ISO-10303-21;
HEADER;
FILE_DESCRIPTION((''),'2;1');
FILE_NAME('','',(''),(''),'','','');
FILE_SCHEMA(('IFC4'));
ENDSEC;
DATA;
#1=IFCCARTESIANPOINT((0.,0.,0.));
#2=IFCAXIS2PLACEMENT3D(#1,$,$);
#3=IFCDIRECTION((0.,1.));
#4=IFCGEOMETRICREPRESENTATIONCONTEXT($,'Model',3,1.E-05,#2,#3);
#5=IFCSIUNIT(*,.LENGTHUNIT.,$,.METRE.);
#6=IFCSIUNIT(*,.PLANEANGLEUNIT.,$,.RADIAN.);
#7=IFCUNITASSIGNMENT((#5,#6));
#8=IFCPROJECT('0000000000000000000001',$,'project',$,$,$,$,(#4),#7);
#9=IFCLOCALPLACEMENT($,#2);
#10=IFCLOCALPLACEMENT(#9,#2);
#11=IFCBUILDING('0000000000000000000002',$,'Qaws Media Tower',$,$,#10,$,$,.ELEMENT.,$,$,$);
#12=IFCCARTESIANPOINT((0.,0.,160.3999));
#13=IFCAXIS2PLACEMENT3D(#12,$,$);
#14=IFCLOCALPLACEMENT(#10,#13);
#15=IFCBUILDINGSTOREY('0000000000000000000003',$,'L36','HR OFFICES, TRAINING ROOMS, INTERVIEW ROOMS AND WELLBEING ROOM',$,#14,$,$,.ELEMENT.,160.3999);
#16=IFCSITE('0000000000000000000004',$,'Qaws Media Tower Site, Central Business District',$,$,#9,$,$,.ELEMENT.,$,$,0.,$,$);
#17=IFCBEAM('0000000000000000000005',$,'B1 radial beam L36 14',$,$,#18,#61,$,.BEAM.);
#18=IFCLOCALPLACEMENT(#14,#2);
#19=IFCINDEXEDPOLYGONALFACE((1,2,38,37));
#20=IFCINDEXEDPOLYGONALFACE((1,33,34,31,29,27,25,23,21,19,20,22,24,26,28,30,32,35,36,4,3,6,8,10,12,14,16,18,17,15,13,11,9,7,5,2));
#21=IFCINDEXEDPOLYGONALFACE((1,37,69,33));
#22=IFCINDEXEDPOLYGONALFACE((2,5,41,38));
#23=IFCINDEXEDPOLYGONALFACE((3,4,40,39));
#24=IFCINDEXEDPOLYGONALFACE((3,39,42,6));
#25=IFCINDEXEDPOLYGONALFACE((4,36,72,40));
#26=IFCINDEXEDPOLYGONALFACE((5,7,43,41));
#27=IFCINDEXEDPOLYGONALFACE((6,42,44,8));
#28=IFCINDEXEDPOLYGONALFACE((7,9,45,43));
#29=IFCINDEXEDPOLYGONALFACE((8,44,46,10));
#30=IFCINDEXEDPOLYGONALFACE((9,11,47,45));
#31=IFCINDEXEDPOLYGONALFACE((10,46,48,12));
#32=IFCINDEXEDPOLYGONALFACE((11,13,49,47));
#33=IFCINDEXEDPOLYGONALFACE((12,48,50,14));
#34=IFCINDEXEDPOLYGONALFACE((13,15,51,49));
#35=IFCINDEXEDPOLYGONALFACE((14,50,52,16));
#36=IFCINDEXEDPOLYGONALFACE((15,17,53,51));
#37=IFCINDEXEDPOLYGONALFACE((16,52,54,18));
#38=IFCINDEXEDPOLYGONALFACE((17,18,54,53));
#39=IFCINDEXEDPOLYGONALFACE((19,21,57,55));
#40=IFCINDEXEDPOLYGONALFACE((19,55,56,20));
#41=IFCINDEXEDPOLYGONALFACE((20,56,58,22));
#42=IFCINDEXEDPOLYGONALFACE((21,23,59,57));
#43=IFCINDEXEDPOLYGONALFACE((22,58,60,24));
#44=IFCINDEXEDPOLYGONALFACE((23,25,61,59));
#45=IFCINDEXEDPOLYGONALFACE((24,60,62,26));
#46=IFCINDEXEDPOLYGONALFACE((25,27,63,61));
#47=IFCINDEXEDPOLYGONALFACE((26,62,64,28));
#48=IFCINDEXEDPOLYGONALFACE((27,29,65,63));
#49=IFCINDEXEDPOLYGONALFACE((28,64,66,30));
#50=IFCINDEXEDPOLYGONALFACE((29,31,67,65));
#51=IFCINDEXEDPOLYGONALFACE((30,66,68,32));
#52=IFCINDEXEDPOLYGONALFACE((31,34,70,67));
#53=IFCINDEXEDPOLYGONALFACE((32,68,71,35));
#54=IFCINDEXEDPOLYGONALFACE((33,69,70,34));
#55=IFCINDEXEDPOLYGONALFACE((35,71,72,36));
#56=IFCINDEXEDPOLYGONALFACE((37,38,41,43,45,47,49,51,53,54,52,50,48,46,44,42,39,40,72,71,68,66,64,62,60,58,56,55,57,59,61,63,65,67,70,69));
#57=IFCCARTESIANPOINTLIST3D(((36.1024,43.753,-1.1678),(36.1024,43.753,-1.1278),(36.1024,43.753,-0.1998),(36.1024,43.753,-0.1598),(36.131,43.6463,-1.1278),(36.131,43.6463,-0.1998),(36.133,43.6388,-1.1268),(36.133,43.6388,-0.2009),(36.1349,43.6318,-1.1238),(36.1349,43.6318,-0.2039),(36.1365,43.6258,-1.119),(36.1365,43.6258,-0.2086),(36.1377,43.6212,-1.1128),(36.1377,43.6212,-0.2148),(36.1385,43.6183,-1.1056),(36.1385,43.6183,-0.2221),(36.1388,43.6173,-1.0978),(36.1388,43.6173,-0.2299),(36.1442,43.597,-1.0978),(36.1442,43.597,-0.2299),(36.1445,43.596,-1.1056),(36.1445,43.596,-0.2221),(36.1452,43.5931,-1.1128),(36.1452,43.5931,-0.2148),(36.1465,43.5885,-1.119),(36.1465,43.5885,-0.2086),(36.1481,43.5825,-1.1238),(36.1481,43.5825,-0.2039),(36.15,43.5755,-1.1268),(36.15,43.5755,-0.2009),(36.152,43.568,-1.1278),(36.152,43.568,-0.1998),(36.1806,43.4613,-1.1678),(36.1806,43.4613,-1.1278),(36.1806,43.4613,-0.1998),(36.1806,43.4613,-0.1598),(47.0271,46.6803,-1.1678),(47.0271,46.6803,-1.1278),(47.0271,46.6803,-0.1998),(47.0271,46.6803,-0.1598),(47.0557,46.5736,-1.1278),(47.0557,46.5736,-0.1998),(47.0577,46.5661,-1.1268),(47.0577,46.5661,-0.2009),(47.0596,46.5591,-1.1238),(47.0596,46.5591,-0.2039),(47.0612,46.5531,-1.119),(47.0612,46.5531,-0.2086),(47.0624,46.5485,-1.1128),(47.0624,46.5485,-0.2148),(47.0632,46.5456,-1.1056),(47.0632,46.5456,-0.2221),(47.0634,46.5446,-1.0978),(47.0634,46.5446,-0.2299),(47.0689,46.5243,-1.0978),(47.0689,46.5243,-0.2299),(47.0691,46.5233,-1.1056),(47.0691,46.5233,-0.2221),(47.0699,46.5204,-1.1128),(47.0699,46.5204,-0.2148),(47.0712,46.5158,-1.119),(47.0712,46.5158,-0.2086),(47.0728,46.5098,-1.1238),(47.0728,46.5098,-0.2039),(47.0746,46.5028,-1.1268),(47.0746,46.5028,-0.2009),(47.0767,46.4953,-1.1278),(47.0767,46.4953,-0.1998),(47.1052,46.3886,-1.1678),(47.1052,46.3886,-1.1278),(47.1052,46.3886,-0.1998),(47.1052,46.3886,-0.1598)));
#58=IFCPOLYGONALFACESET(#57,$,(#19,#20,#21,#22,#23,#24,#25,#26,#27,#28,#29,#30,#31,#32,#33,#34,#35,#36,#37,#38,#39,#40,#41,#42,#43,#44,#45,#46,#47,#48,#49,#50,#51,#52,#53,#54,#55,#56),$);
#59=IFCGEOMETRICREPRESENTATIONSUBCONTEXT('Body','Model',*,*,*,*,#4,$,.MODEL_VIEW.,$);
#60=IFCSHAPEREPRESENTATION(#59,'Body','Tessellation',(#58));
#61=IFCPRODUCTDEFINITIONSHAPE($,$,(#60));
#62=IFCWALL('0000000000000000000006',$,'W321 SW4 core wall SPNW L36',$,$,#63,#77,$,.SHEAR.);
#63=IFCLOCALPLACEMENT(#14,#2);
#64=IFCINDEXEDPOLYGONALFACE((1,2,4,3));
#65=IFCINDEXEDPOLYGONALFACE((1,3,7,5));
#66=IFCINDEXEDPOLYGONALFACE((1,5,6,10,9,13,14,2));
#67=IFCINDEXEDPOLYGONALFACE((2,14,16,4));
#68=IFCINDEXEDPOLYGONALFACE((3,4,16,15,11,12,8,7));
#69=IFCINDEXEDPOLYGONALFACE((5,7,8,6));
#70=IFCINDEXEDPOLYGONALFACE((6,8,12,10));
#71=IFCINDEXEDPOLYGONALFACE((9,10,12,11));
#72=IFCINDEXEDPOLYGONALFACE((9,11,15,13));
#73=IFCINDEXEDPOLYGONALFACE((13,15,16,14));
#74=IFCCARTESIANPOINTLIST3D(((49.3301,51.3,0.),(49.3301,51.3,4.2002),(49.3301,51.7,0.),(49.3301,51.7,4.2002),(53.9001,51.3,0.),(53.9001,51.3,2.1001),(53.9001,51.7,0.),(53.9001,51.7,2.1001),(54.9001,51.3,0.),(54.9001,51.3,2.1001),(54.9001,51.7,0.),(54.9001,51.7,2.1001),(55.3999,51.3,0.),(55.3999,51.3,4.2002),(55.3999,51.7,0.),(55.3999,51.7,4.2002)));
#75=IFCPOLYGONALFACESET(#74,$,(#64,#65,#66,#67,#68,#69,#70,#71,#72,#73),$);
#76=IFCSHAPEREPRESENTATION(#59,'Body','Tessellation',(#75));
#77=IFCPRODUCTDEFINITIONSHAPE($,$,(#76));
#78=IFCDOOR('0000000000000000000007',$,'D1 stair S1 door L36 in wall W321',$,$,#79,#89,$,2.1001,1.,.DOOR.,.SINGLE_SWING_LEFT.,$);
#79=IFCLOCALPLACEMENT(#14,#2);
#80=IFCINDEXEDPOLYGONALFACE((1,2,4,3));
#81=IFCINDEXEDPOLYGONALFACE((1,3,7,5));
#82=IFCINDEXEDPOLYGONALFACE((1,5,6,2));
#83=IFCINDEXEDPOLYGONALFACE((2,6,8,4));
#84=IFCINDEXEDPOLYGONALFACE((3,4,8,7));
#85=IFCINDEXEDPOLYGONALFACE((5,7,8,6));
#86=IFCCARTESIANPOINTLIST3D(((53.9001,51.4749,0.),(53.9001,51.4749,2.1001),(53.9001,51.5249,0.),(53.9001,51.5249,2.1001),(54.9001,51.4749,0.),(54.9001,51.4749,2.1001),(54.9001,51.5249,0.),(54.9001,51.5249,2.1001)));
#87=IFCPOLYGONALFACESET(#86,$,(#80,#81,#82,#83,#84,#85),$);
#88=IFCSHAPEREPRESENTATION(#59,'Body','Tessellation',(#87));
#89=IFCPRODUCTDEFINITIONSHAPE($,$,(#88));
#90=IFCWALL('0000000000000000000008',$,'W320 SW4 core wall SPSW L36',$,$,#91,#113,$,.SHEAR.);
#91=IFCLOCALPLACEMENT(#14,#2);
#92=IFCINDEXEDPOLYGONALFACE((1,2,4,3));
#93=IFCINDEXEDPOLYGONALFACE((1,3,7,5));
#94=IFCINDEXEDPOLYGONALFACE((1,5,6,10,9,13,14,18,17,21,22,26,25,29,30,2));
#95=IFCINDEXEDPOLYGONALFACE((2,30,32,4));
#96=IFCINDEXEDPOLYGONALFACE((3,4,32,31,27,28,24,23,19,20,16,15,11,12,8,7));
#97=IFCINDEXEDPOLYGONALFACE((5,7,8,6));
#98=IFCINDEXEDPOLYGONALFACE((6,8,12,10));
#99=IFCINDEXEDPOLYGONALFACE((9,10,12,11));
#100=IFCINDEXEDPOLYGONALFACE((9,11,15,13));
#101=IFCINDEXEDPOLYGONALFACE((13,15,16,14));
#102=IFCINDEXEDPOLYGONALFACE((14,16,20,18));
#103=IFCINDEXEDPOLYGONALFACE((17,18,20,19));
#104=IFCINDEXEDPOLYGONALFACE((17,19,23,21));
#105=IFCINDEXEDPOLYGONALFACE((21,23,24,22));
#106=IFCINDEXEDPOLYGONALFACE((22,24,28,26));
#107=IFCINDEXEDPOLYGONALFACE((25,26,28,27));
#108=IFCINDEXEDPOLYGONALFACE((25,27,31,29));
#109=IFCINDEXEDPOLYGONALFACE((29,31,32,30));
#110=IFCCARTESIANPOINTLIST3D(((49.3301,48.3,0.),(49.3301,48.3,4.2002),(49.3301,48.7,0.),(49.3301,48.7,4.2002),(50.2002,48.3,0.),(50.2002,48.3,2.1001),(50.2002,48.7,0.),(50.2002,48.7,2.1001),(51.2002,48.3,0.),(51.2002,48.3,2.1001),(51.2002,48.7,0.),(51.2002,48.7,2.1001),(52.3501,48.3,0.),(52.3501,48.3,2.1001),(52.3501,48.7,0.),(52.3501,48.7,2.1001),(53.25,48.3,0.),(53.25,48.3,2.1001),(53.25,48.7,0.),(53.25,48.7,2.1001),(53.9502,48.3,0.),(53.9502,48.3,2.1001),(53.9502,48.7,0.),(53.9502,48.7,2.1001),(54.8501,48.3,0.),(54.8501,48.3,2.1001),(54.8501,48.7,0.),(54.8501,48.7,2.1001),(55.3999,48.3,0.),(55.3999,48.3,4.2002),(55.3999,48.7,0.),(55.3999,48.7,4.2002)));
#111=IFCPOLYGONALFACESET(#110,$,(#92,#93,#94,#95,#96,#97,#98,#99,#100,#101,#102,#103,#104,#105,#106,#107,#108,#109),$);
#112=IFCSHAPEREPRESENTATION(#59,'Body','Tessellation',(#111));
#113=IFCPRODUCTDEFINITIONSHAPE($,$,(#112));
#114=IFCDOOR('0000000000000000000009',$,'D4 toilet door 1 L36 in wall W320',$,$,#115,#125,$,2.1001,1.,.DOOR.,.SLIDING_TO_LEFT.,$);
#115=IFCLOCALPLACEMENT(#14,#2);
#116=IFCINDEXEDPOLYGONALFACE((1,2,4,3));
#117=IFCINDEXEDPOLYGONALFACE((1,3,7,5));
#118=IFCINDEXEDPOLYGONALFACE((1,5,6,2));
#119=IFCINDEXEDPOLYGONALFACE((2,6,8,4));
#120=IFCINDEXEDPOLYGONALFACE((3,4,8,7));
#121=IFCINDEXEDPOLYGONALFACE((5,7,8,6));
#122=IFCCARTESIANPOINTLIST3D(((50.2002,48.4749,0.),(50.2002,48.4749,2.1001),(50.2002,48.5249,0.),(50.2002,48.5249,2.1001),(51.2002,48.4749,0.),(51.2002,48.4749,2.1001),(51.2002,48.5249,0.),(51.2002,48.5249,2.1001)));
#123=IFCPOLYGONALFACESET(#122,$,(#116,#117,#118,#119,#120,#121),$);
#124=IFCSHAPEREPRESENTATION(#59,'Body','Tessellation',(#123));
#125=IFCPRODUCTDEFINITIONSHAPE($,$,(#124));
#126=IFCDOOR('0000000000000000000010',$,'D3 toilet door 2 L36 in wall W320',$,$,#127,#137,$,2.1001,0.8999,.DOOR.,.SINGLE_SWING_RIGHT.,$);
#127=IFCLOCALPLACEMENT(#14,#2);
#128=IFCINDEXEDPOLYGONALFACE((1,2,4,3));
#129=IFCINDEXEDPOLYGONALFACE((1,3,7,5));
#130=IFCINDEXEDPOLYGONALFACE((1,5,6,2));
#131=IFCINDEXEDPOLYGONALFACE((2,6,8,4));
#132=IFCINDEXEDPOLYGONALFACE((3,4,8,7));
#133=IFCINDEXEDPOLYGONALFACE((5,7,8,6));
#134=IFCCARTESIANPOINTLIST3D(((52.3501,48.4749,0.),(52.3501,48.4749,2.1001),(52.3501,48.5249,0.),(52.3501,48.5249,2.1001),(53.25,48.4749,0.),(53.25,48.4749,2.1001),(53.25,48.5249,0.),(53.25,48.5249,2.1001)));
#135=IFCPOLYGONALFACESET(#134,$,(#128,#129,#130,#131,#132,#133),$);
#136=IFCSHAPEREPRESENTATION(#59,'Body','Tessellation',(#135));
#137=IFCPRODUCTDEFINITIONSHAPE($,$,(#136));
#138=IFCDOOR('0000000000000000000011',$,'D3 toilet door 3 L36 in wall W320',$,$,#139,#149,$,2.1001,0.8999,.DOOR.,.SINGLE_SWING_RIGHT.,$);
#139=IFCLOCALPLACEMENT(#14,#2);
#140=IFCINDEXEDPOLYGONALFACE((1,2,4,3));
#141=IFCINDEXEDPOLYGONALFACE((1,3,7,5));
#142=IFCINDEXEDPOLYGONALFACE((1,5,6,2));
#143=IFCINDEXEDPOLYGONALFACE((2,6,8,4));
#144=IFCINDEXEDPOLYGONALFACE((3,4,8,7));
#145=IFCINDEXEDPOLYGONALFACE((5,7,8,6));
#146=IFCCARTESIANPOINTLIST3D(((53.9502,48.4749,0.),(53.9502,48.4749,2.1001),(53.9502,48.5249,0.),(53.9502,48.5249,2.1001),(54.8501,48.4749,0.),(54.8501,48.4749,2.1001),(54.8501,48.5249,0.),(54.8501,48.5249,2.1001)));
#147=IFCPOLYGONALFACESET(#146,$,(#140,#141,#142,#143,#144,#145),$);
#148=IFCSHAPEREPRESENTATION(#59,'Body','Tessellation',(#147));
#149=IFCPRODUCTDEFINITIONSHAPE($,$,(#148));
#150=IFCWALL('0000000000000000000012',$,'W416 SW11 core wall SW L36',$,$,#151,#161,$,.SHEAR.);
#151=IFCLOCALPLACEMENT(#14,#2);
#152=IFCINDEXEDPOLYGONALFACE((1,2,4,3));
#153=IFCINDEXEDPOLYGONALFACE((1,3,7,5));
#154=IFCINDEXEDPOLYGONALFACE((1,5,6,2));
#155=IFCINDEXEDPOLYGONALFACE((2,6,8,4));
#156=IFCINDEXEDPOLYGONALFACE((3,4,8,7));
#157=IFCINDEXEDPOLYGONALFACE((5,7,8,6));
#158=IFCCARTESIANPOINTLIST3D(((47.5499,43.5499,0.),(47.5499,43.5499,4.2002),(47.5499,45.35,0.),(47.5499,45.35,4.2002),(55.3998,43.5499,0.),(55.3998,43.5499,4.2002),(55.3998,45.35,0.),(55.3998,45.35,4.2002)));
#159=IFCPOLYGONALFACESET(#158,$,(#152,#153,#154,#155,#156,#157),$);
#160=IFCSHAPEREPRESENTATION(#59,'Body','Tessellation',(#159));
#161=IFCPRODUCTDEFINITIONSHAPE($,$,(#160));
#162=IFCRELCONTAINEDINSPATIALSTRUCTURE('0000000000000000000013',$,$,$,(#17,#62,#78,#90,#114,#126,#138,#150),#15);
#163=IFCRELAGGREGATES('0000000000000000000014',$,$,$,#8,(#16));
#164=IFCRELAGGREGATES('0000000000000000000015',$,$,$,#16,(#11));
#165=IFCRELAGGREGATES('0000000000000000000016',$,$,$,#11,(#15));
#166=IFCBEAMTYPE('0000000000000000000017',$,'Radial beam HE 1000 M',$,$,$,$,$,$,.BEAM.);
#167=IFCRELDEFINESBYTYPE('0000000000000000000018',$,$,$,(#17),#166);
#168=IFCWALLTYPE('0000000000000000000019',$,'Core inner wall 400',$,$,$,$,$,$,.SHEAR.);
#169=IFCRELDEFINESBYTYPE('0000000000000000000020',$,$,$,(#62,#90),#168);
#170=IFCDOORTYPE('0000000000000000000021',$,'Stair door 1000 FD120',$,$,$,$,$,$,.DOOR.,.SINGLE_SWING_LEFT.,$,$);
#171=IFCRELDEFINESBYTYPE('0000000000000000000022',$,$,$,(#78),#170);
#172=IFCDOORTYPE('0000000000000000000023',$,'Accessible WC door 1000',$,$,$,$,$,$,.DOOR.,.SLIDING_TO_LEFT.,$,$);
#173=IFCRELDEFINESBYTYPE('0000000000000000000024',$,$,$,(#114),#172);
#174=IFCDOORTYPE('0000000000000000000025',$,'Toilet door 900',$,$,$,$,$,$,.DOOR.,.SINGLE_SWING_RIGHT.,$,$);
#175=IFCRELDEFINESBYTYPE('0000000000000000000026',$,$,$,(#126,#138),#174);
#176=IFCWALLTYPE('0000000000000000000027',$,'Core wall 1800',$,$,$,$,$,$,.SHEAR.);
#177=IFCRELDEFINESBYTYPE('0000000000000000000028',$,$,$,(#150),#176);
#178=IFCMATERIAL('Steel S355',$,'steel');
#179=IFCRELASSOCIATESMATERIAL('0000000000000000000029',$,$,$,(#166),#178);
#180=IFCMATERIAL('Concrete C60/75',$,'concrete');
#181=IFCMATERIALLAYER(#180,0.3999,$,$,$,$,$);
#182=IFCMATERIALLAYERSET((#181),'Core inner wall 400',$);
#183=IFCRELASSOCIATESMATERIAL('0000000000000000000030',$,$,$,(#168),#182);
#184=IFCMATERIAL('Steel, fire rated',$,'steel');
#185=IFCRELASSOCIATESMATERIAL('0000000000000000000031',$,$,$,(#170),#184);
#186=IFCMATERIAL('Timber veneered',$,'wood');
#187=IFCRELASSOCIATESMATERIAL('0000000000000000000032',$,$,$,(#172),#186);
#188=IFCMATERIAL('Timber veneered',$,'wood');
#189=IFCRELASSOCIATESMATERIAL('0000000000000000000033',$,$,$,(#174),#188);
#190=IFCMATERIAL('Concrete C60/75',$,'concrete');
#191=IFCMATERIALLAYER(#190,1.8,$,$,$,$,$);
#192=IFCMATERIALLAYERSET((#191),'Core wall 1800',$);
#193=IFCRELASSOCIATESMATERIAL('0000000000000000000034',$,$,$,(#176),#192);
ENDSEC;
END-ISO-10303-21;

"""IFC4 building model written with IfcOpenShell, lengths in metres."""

from ifc_helpers import new_model, si_unit, direction, frame, frame_2d, origin, origin_2d, place, context, subcontext, project, spatial, rectangle, i_section, extrude, material, layer, layer_set, material_profile, profile_set, type_object, element, fill, save


model = new_model("IFC4")

# Units and contexts
model_context = context("Model", 3, precision=1e-05, world=origin(), true_north=direction((0.0, 1.0)))
body_context = subcontext(model_context, "Body", "Model", "MODEL_VIEW")
ifc_project = project(units=[si_unit("LENGTHUNIT", "METRE"), si_unit("PLANEANGLEUNIT", "RADIAN")], contexts=[model_context])

# Site, building, storey
site_placement = place(None, origin())
site = spatial("IfcSite", under=ifc_project, at=site_placement, Name="Qaws Media Tower Site, Central Business District", CompositionType="ELEMENT", RefElevation=0.0)
building_placement = place(site_placement, origin())
building = spatial("IfcBuilding", under=site, at=building_placement, Name="Qaws Media Tower", CompositionType="ELEMENT")
storey_placement = place(building_placement, frame((0.0, 0.0, 160.3999)))
storey = spatial("IfcBuildingStorey", under=building, at=storey_placement, Name="L36", Description="HR OFFICES, TRAINING ROOMS, INTERVIEW ROOMS AND WELLBEING ROOM", CompositionType="ELEMENT", Elevation=160.3999)

# Beam
ifc_material_1 = material(Name="Steel S355", Category="steel")
ifc_material_profile_1 = material_profile(ifc_material_1, i_section(OverallWidth=0.302, OverallDepth=1.0081, WebThickness=0.021, FlangeThickness=0.04, FilletRadius=0.03, at=origin_2d()), Name="HE 1000 M")
ifc_profile_set_1 = profile_set([ifc_material_profile_1], Name="Steel S355")
beam_type_1 = type_object("IfcBeamType", Name="Radial beam HE 1000 M", PredefinedType="BEAM", material=ifc_profile_set_1)
beam_1_placement = place(storey_placement, frame((47.0662, 46.5344, -0.6638), z_axis=(-0.965925, -0.258821, 0.0), x_axis=(0.258821, -0.965925, 0.0)))
element("IfcBeam", 1, at=beam_1_placement, inside=storey, type_object=beam_type_1, Name="B1 radial beam L36 14", PredefinedType="BEAM", context=body_context, shape_type="SweptSolid", body=[
    extrude(i_section(OverallWidth=0.302, OverallDepth=1.0081, WebThickness=0.021, FlangeThickness=0.04, FilletRadius=0.03, at=origin_2d()), origin(), (0.0, 0.0, 1.0), 11.3101),
])

# Wall, opening, door
ifc_material_2 = material(Name="Concrete C60/75", Category="concrete")
ifc_layer_1 = layer(ifc_material_2, 0.3999)
ifc_layer_set_1 = layer_set([ifc_layer_1], Name="Core inner wall 400")
wall_type_1 = type_object("IfcWallType", Name="Core inner wall 400", PredefinedType="SHEAR", material=ifc_layer_set_1)
wall_1_placement = place(storey_placement, frame((49.3301, 51.5, 0.0), z_axis=(0.0, 0.0, 1.0), x_axis=(1.0, 0.0, 0.0)))
wall_1 = element("IfcWall", 2, at=wall_1_placement, inside=storey, type_object=wall_type_1, Name="W321 SW4 core wall SPNW L36", PredefinedType="SHEAR", context=body_context, shape_type="SweptSolid", body=[
    extrude(rectangle(XDim=6.0698, YDim=0.3999, at=frame_2d((3.0349, 0.0))), origin(), (0.0, 0.0, 1.0), 4.2002),
])
opening_1_placement = place(wall_1_placement, frame((4.5701, 0.0, 0.0)))
opening_1 = element("IfcOpeningElement", 3, at=opening_1_placement, cuts=wall_1, PredefinedType="OPENING", context=body_context, shape_type="SweptSolid", body=[
    extrude(rectangle(XDim=1.0, YDim=2.1001, at=frame_2d((0.5, 1.05))), frame((0.0, 0.21, 0.0), z_axis=(0.0, -1.0, 0.0), x_axis=(1.0, 0.0, 0.0)), (0.0, 0.0, 1.0), 0.4199),
])
ifc_material_3 = material(Name="Steel, fire rated", Category="steel")
door_type_1 = type_object("IfcDoorType", Name="Stair door 1000 FD120", OperationType="SINGLE_SWING_LEFT", PredefinedType="DOOR", material=ifc_material_3)
door_1_placement = place(opening_1_placement, origin())
door_1 = element("IfcDoor", 4, at=door_1_placement, inside=storey, type_object=door_type_1, Name="D1 stair S1 door L36 in wall W321", OperationType="SINGLE_SWING_LEFT", OverallHeight=2.1001, OverallWidth=1.0, PredefinedType="DOOR", context=body_context, shape_type="SweptSolid", body=[
    extrude(rectangle(XDim=1.0, YDim=2.1001, at=frame_2d((0.5, 1.05))), frame((0.0, 0.0249, 0.0), z_axis=(0.0, -1.0, 0.0), x_axis=(1.0, 0.0, 0.0)), (0.0, 0.0, 1.0), 0.05),
])
fill(opening_1, door_1)

# Wall, openings, doors
wall_2_placement = place(storey_placement, frame((49.3301, 48.5, 0.0), z_axis=(0.0, 0.0, 1.0), x_axis=(1.0, 0.0, 0.0)))
wall_2 = element("IfcWall", 5, at=wall_2_placement, inside=storey, type_object=wall_type_1, Name="W320 SW4 core wall SPSW L36", PredefinedType="SHEAR", context=body_context, shape_type="SweptSolid", body=[
    extrude(rectangle(XDim=6.0698, YDim=0.3999, at=frame_2d((3.0349, 0.0))), origin(), (0.0, 0.0, 1.0), 4.2002),
])
opening_2_placement = place(wall_2_placement, frame((0.8701, 0.0, 0.0)))
opening_2 = element("IfcOpeningElement", 6, at=opening_2_placement, cuts=wall_2, PredefinedType="OPENING", context=body_context, shape_type="SweptSolid", body=[
    extrude(rectangle(XDim=1.0, YDim=2.1001, at=frame_2d((0.5, 1.05))), frame((0.0, 0.21, 0.0), z_axis=(0.0, -1.0, 0.0), x_axis=(1.0, 0.0, 0.0)), (0.0, 0.0, 1.0), 0.4199),
])
opening_3_placement = place(wall_2_placement, frame((3.02, 0.0, 0.0)))
opening_3 = element("IfcOpeningElement", 7, at=opening_3_placement, cuts=wall_2, PredefinedType="OPENING", context=body_context, shape_type="SweptSolid", body=[
    extrude(rectangle(XDim=0.8999, YDim=2.1001, at=frame_2d((0.45, 1.05))), frame((0.0, 0.21, 0.0), z_axis=(0.0, -1.0, 0.0), x_axis=(1.0, 0.0, 0.0)), (0.0, 0.0, 1.0), 0.4199),
])
opening_4_placement = place(wall_2_placement, frame((4.6201, 0.0, 0.0)))
opening_4 = element("IfcOpeningElement", 8, at=opening_4_placement, cuts=wall_2, PredefinedType="OPENING", context=body_context, shape_type="SweptSolid", body=[
    extrude(rectangle(XDim=0.8999, YDim=2.1001, at=frame_2d((0.45, 1.05))), frame((0.0, 0.21, 0.0), z_axis=(0.0, -1.0, 0.0), x_axis=(1.0, 0.0, 0.0)), (0.0, 0.0, 1.0), 0.4199),
])
ifc_material_4 = material(Name="Timber veneered", Category="wood")
door_type_2 = type_object("IfcDoorType", Name="Accessible WC door 1000", OperationType="SLIDING_TO_LEFT", PredefinedType="DOOR", material=ifc_material_4)
door_2_placement = place(opening_2_placement, origin())
door_2 = element("IfcDoor", 9, at=door_2_placement, inside=storey, type_object=door_type_2, Name="D4 toilet door 1 L36 in wall W320", OperationType="SLIDING_TO_LEFT", OverallHeight=2.1001, OverallWidth=1.0, PredefinedType="DOOR", context=body_context, shape_type="SweptSolid", body=[
    extrude(rectangle(XDim=1.0, YDim=2.1001, at=frame_2d((0.5, 1.05))), frame((0.0, 0.0249, 0.0), z_axis=(0.0, -1.0, 0.0), x_axis=(1.0, 0.0, 0.0)), (0.0, 0.0, 1.0), 0.05),
])
fill(opening_2, door_2)
ifc_material_5 = material(Name="Timber veneered", Category="wood")
door_type_3 = type_object("IfcDoorType", Name="Toilet door 900", OperationType="SINGLE_SWING_RIGHT", PredefinedType="DOOR", material=ifc_material_5)
door_3_placement = place(opening_3_placement, origin())
door_3 = element("IfcDoor", 10, at=door_3_placement, inside=storey, type_object=door_type_3, Name="D3 toilet door 2 L36 in wall W320", OperationType="SINGLE_SWING_RIGHT", OverallHeight=2.1001, OverallWidth=0.8999, PredefinedType="DOOR", context=body_context, shape_type="SweptSolid", body=[
    extrude(rectangle(XDim=0.8999, YDim=2.1001, at=frame_2d((0.45, 1.05))), frame((0.0, 0.0249, 0.0), z_axis=(0.0, -1.0, 0.0), x_axis=(1.0, 0.0, 0.0)), (0.0, 0.0, 1.0), 0.05),
])
fill(opening_3, door_3)
door_4_placement = place(opening_4_placement, origin())
door_4 = element("IfcDoor", 11, at=door_4_placement, inside=storey, type_object=door_type_3, Name="D3 toilet door 3 L36 in wall W320", OperationType="SINGLE_SWING_RIGHT", OverallHeight=2.1001, OverallWidth=0.8999, PredefinedType="DOOR", context=body_context, shape_type="SweptSolid", body=[
    extrude(rectangle(XDim=0.8999, YDim=2.1001, at=frame_2d((0.45, 1.05))), frame((0.0, 0.0249, 0.0), z_axis=(0.0, -1.0, 0.0), x_axis=(1.0, 0.0, 0.0)), (0.0, 0.0, 1.0), 0.05),
])
fill(opening_4, door_4)

# Wall
ifc_material_6 = material(Name="Concrete C60/75", Category="concrete")
ifc_layer_2 = layer(ifc_material_6, 1.8)
ifc_layer_set_2 = layer_set([ifc_layer_2], Name="Core wall 1800")
wall_type_2 = type_object("IfcWallType", Name="Core wall 1800", PredefinedType="SHEAR", material=ifc_layer_set_2)
wall_3_placement = place(storey_placement, frame((47.55, 44.45, 0.0), z_axis=(0.0, 0.0, 1.0), x_axis=(1.0, 0.0, 0.0)))
element("IfcWall", 12, at=wall_3_placement, inside=storey, type_object=wall_type_2, Name="W416 SW11 core wall SW L36", PredefinedType="SHEAR", context=body_context, shape_type="SweptSolid", body=[
    extrude(rectangle(XDim=7.8499, YDim=1.8, at=frame_2d((3.9248, 0.0))), origin(), (0.0, 0.0, 1.0), 4.2002),
])

save(model, "model.ifc")
